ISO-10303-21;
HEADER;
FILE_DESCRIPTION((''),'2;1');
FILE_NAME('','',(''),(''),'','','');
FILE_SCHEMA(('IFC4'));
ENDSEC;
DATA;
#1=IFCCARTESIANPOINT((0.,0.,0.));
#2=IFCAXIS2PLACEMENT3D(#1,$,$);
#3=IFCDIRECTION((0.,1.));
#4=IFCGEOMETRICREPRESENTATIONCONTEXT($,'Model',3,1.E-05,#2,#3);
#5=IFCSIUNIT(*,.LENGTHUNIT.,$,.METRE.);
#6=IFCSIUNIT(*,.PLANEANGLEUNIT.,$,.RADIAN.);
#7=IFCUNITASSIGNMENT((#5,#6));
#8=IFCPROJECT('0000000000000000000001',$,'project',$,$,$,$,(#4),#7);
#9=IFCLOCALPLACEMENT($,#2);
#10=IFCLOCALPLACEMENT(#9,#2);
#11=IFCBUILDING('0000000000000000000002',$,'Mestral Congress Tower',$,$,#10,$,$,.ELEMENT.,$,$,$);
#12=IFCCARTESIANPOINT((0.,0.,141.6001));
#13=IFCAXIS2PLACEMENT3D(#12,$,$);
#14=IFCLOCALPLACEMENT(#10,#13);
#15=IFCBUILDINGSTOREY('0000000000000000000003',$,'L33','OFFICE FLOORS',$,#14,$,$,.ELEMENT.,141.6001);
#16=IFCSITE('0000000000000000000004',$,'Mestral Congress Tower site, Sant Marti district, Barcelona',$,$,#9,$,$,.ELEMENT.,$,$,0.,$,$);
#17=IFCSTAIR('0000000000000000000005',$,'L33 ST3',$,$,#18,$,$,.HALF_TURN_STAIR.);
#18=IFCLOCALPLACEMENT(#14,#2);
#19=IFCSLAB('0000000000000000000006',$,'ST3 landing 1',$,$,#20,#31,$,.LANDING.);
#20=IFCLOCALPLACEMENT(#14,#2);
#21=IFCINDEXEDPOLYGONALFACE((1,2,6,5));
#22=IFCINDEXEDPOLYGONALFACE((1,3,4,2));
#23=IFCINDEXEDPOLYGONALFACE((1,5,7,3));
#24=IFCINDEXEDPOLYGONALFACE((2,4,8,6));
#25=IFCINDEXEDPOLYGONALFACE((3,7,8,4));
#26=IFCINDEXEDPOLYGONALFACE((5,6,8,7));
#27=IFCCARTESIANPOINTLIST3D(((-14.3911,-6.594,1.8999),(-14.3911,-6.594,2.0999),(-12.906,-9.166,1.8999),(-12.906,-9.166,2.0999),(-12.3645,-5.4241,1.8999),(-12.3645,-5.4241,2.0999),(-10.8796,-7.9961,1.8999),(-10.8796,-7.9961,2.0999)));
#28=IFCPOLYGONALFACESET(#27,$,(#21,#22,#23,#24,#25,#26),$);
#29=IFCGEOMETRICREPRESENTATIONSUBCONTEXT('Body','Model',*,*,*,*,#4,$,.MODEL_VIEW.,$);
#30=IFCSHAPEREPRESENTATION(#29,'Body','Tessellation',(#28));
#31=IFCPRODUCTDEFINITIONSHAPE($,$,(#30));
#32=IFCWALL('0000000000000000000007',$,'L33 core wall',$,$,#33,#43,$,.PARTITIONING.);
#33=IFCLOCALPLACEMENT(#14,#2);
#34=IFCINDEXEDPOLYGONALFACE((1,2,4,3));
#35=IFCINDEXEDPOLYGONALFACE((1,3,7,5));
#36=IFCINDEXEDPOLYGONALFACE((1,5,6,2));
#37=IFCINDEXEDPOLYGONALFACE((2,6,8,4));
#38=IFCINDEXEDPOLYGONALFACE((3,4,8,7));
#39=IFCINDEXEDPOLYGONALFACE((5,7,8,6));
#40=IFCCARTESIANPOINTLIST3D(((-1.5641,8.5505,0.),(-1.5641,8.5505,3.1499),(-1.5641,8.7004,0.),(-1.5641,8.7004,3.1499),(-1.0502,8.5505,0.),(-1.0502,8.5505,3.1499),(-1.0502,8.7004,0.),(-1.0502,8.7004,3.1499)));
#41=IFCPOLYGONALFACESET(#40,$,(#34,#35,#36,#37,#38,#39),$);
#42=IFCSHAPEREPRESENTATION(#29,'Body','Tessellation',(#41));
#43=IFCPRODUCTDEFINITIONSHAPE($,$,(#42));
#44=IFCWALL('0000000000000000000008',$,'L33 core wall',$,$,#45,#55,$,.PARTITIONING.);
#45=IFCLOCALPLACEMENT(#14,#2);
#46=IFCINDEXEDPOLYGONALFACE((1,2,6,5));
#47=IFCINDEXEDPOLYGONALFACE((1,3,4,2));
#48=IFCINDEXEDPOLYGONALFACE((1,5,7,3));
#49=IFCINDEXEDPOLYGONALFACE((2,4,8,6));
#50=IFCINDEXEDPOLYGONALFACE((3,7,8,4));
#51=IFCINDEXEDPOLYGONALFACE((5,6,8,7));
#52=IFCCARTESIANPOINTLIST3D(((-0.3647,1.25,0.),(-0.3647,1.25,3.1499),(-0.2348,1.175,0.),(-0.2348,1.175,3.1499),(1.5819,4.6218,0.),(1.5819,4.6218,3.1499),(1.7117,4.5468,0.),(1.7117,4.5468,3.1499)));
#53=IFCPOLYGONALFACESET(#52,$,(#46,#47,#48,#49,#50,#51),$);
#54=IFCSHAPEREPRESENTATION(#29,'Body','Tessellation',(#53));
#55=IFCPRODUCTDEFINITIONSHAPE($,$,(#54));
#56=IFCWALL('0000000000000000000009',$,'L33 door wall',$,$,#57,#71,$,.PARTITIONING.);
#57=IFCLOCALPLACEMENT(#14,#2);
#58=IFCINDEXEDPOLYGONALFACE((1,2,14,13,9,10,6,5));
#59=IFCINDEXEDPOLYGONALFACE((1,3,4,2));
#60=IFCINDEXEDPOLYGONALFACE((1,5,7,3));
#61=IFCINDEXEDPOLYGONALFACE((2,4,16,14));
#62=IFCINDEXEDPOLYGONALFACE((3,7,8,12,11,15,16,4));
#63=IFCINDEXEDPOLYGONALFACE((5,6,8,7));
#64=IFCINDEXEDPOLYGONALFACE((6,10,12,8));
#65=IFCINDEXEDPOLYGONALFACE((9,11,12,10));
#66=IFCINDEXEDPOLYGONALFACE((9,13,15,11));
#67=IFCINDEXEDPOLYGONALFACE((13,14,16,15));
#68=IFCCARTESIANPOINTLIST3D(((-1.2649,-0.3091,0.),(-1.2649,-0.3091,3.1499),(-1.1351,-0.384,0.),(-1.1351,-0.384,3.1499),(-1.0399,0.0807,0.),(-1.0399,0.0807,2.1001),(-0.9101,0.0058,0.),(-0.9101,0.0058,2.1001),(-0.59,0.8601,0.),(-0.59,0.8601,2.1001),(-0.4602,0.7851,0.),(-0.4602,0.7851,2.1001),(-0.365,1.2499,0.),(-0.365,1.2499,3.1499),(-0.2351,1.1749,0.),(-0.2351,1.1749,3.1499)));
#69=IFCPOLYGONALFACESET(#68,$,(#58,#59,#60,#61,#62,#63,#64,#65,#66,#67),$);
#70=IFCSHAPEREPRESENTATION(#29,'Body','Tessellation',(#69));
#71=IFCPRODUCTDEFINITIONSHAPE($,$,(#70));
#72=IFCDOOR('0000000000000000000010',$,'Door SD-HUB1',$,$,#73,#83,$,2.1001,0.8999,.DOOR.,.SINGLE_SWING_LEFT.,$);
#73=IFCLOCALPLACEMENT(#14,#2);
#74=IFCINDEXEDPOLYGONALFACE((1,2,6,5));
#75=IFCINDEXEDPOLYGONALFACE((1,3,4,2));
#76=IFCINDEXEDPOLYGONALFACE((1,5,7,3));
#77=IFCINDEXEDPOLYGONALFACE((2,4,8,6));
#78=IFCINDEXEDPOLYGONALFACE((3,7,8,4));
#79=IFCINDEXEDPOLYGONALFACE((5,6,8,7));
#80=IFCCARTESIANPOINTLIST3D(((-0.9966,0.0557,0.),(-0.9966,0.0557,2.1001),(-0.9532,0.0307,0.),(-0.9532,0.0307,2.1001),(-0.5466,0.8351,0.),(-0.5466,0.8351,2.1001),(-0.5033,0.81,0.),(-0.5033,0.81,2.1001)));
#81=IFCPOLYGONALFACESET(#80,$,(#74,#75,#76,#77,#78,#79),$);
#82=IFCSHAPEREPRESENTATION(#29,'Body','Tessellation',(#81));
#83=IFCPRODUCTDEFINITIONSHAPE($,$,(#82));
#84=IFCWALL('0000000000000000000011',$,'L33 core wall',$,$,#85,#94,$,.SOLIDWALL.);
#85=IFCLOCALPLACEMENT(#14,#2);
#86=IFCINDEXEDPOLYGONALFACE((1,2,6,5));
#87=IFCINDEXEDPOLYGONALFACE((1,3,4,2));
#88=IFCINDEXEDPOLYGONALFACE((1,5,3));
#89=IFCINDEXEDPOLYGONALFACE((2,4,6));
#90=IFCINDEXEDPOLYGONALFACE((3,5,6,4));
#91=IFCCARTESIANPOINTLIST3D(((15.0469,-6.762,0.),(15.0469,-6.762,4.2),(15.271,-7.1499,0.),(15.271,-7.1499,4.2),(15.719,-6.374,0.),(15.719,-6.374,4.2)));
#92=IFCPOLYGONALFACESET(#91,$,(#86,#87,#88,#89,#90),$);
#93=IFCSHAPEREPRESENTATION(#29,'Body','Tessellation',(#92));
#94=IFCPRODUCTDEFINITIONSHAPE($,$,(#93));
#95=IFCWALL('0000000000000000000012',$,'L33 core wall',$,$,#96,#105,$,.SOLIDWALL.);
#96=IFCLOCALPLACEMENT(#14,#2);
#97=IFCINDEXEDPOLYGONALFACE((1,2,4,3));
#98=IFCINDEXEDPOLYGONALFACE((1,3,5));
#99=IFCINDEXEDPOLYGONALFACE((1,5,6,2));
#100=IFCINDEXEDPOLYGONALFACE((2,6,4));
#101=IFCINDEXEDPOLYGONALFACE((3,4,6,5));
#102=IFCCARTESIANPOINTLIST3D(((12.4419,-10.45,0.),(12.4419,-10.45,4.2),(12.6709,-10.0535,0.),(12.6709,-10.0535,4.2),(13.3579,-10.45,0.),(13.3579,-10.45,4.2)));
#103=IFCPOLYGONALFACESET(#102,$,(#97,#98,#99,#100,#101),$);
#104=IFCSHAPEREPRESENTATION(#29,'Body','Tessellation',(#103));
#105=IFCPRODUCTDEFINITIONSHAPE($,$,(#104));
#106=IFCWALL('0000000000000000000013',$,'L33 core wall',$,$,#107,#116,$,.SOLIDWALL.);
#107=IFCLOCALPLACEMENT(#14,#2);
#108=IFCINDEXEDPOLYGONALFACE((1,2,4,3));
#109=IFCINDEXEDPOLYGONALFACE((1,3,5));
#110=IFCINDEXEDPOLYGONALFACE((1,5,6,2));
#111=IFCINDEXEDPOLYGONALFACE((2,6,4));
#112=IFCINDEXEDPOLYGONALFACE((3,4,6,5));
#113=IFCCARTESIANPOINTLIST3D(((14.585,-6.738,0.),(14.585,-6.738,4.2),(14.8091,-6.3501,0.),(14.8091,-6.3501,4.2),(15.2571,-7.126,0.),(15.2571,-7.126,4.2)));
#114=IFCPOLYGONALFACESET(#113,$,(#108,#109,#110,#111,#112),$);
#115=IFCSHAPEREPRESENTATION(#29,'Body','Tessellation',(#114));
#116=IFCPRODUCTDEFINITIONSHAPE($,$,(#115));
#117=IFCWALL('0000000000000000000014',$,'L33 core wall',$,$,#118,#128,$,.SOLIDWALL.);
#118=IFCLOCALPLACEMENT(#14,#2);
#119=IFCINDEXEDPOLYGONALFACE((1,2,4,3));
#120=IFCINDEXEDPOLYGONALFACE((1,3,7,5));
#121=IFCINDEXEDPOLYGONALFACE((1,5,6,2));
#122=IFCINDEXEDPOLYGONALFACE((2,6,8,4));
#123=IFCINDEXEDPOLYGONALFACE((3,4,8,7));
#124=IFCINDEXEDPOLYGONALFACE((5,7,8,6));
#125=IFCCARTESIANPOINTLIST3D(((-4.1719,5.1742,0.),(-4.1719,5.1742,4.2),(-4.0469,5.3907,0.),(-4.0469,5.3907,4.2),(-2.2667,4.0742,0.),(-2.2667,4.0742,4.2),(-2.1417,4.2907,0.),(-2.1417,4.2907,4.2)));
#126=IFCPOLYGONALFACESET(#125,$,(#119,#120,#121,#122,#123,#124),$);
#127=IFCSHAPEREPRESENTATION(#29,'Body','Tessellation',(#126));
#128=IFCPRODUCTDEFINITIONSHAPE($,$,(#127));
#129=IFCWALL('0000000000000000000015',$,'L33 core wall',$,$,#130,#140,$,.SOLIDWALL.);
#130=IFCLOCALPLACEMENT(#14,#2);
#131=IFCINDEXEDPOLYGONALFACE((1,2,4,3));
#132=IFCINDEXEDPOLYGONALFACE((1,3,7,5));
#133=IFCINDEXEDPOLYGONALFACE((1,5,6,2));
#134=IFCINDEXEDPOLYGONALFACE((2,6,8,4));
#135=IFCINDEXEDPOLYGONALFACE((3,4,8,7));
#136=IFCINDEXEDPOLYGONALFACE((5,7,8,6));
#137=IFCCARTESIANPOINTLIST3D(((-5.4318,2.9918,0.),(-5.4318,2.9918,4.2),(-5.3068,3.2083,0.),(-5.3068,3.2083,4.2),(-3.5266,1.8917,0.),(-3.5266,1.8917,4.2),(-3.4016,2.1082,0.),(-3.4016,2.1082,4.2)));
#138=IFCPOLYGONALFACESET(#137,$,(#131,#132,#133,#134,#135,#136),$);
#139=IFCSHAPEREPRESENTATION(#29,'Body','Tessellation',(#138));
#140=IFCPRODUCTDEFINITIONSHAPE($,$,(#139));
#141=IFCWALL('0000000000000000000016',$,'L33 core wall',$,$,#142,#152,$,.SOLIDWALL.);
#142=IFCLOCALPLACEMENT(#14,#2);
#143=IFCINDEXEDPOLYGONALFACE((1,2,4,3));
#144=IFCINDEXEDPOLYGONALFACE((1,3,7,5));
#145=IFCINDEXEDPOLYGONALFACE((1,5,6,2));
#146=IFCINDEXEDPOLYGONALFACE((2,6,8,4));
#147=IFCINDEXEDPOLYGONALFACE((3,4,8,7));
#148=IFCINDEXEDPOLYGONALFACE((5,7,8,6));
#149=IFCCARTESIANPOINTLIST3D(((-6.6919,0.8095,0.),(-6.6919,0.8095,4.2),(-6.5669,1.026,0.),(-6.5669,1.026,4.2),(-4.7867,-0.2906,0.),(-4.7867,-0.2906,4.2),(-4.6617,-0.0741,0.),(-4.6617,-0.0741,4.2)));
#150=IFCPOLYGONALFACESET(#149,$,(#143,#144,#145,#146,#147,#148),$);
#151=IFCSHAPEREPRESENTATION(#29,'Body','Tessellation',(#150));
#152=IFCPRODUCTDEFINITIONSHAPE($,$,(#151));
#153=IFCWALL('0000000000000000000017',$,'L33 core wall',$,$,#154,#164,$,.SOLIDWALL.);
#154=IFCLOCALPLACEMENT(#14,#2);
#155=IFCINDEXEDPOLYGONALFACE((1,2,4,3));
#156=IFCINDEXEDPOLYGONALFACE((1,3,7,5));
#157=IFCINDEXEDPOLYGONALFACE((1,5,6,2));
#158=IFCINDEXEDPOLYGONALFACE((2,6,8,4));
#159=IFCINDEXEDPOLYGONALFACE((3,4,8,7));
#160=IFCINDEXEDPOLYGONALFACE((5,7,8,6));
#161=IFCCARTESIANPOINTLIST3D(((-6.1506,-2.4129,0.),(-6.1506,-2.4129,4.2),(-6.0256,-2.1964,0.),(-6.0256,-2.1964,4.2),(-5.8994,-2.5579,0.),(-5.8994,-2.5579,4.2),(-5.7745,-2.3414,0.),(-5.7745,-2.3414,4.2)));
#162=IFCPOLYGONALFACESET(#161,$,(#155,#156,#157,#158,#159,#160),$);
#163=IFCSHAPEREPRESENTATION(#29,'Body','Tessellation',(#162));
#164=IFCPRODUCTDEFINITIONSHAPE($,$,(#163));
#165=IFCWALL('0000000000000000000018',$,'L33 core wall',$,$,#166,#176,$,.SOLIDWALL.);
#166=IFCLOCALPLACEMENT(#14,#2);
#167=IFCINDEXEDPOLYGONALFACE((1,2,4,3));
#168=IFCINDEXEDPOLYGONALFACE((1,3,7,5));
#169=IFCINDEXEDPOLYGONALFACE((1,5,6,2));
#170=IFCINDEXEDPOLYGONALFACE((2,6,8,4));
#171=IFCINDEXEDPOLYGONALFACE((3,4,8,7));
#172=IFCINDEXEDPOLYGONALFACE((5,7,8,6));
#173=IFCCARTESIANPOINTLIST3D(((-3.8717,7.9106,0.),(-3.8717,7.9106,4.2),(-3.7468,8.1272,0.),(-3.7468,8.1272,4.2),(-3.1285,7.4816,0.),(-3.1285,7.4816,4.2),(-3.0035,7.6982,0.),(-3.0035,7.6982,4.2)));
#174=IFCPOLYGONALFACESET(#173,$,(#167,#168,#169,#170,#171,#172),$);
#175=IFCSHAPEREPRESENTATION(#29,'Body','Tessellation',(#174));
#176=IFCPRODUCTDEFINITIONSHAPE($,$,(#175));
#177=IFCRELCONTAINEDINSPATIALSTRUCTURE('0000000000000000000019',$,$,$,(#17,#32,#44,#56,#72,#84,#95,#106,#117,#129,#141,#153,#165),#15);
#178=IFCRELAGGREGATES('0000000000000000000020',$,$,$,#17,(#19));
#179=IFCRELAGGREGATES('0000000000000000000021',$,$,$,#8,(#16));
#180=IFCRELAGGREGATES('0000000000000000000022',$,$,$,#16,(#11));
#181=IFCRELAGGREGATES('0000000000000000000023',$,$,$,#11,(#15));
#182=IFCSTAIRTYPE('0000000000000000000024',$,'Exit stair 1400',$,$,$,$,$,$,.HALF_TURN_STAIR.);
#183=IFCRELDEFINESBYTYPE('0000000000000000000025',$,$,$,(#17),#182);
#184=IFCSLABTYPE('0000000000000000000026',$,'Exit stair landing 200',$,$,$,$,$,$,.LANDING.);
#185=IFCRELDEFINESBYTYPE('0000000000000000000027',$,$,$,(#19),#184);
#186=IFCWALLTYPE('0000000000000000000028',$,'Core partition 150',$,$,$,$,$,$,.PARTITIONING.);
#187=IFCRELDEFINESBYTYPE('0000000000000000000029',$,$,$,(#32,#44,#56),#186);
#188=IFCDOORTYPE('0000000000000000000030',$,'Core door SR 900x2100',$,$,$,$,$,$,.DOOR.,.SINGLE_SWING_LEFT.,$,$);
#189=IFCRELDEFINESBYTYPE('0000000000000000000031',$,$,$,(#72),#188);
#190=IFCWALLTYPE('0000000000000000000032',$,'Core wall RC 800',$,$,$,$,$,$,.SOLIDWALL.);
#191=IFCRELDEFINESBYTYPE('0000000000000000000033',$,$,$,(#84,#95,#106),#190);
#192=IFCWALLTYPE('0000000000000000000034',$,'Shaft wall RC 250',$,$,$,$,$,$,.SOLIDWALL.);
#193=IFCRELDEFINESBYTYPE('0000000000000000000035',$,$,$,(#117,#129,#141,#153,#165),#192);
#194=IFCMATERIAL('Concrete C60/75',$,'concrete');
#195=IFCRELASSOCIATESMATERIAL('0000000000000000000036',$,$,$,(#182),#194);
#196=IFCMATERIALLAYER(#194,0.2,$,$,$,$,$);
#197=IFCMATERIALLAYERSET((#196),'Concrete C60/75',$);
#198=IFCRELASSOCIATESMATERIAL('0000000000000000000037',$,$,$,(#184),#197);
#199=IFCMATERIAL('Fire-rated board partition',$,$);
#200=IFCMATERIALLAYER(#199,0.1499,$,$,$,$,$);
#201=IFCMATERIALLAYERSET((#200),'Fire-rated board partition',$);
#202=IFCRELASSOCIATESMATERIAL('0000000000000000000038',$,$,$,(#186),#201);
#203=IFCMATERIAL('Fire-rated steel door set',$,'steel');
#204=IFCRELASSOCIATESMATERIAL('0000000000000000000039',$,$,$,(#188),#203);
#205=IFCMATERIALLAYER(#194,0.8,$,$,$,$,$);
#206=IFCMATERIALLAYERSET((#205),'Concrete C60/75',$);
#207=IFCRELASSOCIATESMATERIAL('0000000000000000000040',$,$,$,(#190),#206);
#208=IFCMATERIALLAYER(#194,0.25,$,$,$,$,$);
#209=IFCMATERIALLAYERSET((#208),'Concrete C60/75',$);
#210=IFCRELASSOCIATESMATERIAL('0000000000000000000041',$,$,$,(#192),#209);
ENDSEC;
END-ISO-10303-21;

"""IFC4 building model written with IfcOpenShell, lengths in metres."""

from ifc_helpers import new_model, si_unit, direction, frame, frame_2d, origin, place, context, subcontext, project, spatial, polyline, rectangle, outline, extrude, material, layer, layer_set, type_object, element, fill, aggregate, save


model = new_model("IFC4")

# Units and contexts
model_context = context("Model", 3, precision=1e-05, world=origin(), true_north=direction((0.0, 1.0)))
body_context = subcontext(model_context, "Body", "Model", "MODEL_VIEW")
ifc_project = project(units=[si_unit("LENGTHUNIT", "METRE"), si_unit("PLANEANGLEUNIT", "RADIAN")], contexts=[model_context])

# Site, building, storey
site_placement = place(None, origin())
site = spatial("IfcSite", under=ifc_project, at=site_placement, Name="Mestral Congress Tower site, Sant Marti district, Barcelona", CompositionType="ELEMENT", RefElevation=0.0)
building_placement = place(site_placement, origin())
building = spatial("IfcBuilding", under=site, at=building_placement, Name="Mestral Congress Tower", CompositionType="ELEMENT")
storey_placement = place(building_placement, frame((0.0, 0.0, 141.6001)))
storey = spatial("IfcBuildingStorey", under=building, at=storey_placement, Name="L33", Description="OFFICE FLOORS", CompositionType="ELEMENT", Elevation=141.6001)

# Shared definitions
ifc_material_1 = material(Name="Concrete C60/75", Category="concrete")

# Stair, slab
stair_type = type_object("IfcStairType", Name="Exit stair 1400", PredefinedType="HALF_TURN_STAIR", material=ifc_material_1)
placement_1 = place(storey_placement, origin())
ifc_layer_1 = layer(ifc_material_1, 0.2)
ifc_layer_set_1 = layer_set([ifc_layer_1], Name="Concrete C60/75")
slab_type_1 = type_object("IfcSlabType", Name="Exit stair landing 200", PredefinedType="LANDING", material=ifc_layer_set_1)
placement_2 = place(storey_placement, frame((0.0, 0.0, 1.8999)))
stair_1 = element("IfcStair", 1, at=placement_1, inside=storey, type_object=stair_type, Name="L33 ST3", PredefinedType="HALF_TURN_STAIR")
slab_1 = element("IfcSlab", 2, at=placement_2, type_object=slab_type_1, Name="ST3 landing 1", PredefinedType="LANDING", context=body_context, shape_type="SweptSolid", body=[
    extrude(outline(polyline([(-12.3645, -5.4241), (-10.8796, -7.9961), (-12.906, -9.166), (-14.3911, -6.594), (-12.3645, -5.4241)])), origin(), (0.0, 0.0, 1.0), 0.2),
])
aggregate(stair_1, [slab_1])

# Walls
ifc_material_2 = material(Name="Fire-rated board partition")
ifc_layer_2 = layer(ifc_material_2, 0.1499)
ifc_layer_set_2 = layer_set([ifc_layer_2], Name="Fire-rated board partition")
wall_type_1 = type_object("IfcWallType", Name="Core partition 150", PredefinedType="PARTITIONING", material=ifc_layer_set_2)
wall_1_placement = place(storey_placement, frame((-1.564, 8.6255, 0.0), z_axis=(0.0, 0.0, 1.0), x_axis=(1.0, 0.0, 0.0)))
element("IfcWall", 3, at=wall_1_placement, inside=storey, type_object=wall_type_1, Name="L33 core wall", PredefinedType="PARTITIONING", context=body_context, shape_type="SweptSolid", body=[
    extrude(rectangle(XDim=0.5139, YDim=0.1499, at=frame_2d((0.2568, 0.0))), origin(), (0.0, 0.0, 1.0), 3.1499),
])
wall_2_placement = place(storey_placement, frame((-0.2998, 1.2124, 0.0), z_axis=(0.0, 0.0, 1.0), x_axis=(0.499963, 0.866047, 0.0)))
element("IfcWall", 4, at=wall_2_placement, inside=storey, type_object=wall_type_1, Name="L33 core wall", PredefinedType="PARTITIONING", context=body_context, shape_type="SweptSolid", body=[
    extrude(rectangle(XDim=3.8933, YDim=0.1499, at=frame_2d((1.9468, 0.0))), origin(), (0.0, 0.0, 1.0), 3.1499),
])

# Wall, opening, door
wall_3_placement = place(storey_placement, frame((-1.2, -0.3464, 0.0), z_axis=(0.0, 0.0, 1.0), x_axis=(0.499961, 0.866048, 0.0)))
wall_3 = element("IfcWall", 5, at=wall_3_placement, inside=storey, type_object=wall_type_1, Name="L33 door wall", PredefinedType="PARTITIONING", context=body_context, shape_type="SweptSolid", body=[
    extrude(rectangle(XDim=1.8, YDim=0.1499, at=frame_2d((0.8999, 0.0))), origin(), (0.0, 0.0, 1.0), 3.1499),
])
opening_1_placement = place(wall_3_placement, frame((0.45, 0.0, 0.0)))
opening_1 = element("IfcOpeningElement", 6, at=opening_1_placement, cuts=wall_3, PredefinedType="OPENING", context=body_context, shape_type="SweptSolid", body=[
    extrude(rectangle(XDim=0.8999, YDim=2.1001, at=frame_2d((0.45, 1.05))), frame((0.0, 0.085, 0.0), z_axis=(0.0, -1.0, 0.0), x_axis=(1.0, 0.0, 0.0)), (0.0, 0.0, 1.0), 0.1699),
])
ifc_material_3 = material(Name="Fire-rated steel door set", Category="steel")
door_type_1 = type_object("IfcDoorType", Name="Core door SR 900x2100", OperationType="SINGLE_SWING_LEFT", PredefinedType="DOOR", material=ifc_material_3)
door_1_placement = place(opening_1_placement, origin())
door_1 = element("IfcDoor", 7, at=door_1_placement, inside=storey, type_object=door_type_1, Name="Door SD-HUB1", OperationType="SINGLE_SWING_LEFT", OverallHeight=2.1001, OverallWidth=0.8999, PredefinedType="DOOR", context=body_context, shape_type="SweptSolid", body=[
    extrude(rectangle(XDim=0.8999, YDim=2.1001, at=frame_2d((0.45, 1.05))), frame((0.0, 0.0249, 0.0), z_axis=(0.0, -1.0, 0.0), x_axis=(1.0, 0.0, 0.0)), (0.0, 0.0, 1.0), 0.05),
])
fill(opening_1, door_1)

# Walls
ifc_layer_3 = layer(ifc_material_1, 0.8)
ifc_layer_set_3 = layer_set([ifc_layer_3], Name="Concrete C60/75")
wall_type_2 = type_object("IfcWallType", Name="Core wall RC 800", PredefinedType="SOLIDWALL", material=ifc_layer_set_3)
element("IfcWall", 8, at=placement_1, inside=storey, type_object=wall_type_2, Name="L33 core wall", PredefinedType="SOLIDWALL", context=body_context, shape_type="SweptSolid", body=[
    extrude(outline(polyline([(15.271, -7.1499), (15.0469, -6.762), (15.719, -6.374), (15.271, -7.1499)])), origin(), (0.0, 0.0, 1.0), 4.2),
])
element("IfcWall", 9, at=placement_1, inside=storey, type_object=wall_type_2, Name="L33 core wall", PredefinedType="SOLIDWALL", context=body_context, shape_type="SweptSolid", body=[
    extrude(outline(polyline([(12.6709, -10.0535), (13.3579, -10.45), (12.4419, -10.45), (12.6709, -10.0535)])), origin(), (0.0, 0.0, 1.0), 4.2),
])
element("IfcWall", 10, at=placement_1, inside=storey, type_object=wall_type_2, Name="L33 core wall", PredefinedType="SOLIDWALL", context=body_context, shape_type="SweptSolid", body=[
    extrude(outline(polyline([(14.8091, -6.3501), (15.2571, -7.126), (14.585, -6.738), (14.8091, -6.3501)])), origin(), (0.0, 0.0, 1.0), 4.2),
])
ifc_layer_4 = layer(ifc_material_1, 0.25)
ifc_layer_set_4 = layer_set([ifc_layer_4], Name="Concrete C60/75")
wall_type_3 = type_object("IfcWallType", Name="Shaft wall RC 250", PredefinedType="SOLIDWALL", material=ifc_layer_set_4)
for number, where, z_axis, x_axis, name in (
    (11, (-2.2041, 4.1824, 0.0), (0.0, 0.0, 1.0), (-0.866008, 0.50003, 0.0), "L33 core wall"),
    (12, (-5.3694, 3.1001, 0.0), (0.0, 0.0, 1.0), (0.866008, -0.50003, 0.0), "L33 core wall"),
    (13, (-4.7241, -0.1824, 0.0), (0.0, 0.0, 1.0), (-0.866008, 0.50003, 0.0), "L33 core wall"),
):
    element("IfcWall", number, at=place(storey_placement, frame(where, z_axis=z_axis, x_axis=x_axis)), inside=storey, type_object=wall_type_3, Name=name, PredefinedType="SOLIDWALL", context=body_context, shape_type="SweptSolid", body=[
        extrude(rectangle(XDim=2.2, YDim=0.25, at=frame_2d((1.1001, 0.0))), origin(), (0.0, 0.0, 1.0), 4.2),
    ])
wall_4_placement = place(storey_placement, frame((-6.0881, -2.3047, 0.0), z_axis=(0.0, 0.0, 1.0), x_axis=(0.866059, -0.499941, 0.0)))
element("IfcWall", 14, at=wall_4_placement, inside=storey, type_object=wall_type_3, Name="L33 core wall", PredefinedType="SOLIDWALL", context=body_context, shape_type="SweptSolid", body=[
    extrude(rectangle(XDim=0.29, YDim=0.25, at=frame_2d((0.145, 0.0))), origin(), (0.0, 0.0, 1.0), 4.2),
])
wall_5_placement = place(storey_placement, frame((-3.0659, 7.5898, 0.0), z_axis=(0.0, 0.0, 1.0), x_axis=(-0.866081, 0.499903, 0.0)))
element("IfcWall", 15, at=wall_5_placement, inside=storey, type_object=wall_type_3, Name="L33 core wall", PredefinedType="SOLIDWALL", context=body_context, shape_type="SweptSolid", body=[
    extrude(rectangle(XDim=0.8582, YDim=0.25, at=frame_2d((0.4292, 0.0))), origin(), (0.0, 0.0, 1.0), 4.2),
])

save(model, "model.ifc")
